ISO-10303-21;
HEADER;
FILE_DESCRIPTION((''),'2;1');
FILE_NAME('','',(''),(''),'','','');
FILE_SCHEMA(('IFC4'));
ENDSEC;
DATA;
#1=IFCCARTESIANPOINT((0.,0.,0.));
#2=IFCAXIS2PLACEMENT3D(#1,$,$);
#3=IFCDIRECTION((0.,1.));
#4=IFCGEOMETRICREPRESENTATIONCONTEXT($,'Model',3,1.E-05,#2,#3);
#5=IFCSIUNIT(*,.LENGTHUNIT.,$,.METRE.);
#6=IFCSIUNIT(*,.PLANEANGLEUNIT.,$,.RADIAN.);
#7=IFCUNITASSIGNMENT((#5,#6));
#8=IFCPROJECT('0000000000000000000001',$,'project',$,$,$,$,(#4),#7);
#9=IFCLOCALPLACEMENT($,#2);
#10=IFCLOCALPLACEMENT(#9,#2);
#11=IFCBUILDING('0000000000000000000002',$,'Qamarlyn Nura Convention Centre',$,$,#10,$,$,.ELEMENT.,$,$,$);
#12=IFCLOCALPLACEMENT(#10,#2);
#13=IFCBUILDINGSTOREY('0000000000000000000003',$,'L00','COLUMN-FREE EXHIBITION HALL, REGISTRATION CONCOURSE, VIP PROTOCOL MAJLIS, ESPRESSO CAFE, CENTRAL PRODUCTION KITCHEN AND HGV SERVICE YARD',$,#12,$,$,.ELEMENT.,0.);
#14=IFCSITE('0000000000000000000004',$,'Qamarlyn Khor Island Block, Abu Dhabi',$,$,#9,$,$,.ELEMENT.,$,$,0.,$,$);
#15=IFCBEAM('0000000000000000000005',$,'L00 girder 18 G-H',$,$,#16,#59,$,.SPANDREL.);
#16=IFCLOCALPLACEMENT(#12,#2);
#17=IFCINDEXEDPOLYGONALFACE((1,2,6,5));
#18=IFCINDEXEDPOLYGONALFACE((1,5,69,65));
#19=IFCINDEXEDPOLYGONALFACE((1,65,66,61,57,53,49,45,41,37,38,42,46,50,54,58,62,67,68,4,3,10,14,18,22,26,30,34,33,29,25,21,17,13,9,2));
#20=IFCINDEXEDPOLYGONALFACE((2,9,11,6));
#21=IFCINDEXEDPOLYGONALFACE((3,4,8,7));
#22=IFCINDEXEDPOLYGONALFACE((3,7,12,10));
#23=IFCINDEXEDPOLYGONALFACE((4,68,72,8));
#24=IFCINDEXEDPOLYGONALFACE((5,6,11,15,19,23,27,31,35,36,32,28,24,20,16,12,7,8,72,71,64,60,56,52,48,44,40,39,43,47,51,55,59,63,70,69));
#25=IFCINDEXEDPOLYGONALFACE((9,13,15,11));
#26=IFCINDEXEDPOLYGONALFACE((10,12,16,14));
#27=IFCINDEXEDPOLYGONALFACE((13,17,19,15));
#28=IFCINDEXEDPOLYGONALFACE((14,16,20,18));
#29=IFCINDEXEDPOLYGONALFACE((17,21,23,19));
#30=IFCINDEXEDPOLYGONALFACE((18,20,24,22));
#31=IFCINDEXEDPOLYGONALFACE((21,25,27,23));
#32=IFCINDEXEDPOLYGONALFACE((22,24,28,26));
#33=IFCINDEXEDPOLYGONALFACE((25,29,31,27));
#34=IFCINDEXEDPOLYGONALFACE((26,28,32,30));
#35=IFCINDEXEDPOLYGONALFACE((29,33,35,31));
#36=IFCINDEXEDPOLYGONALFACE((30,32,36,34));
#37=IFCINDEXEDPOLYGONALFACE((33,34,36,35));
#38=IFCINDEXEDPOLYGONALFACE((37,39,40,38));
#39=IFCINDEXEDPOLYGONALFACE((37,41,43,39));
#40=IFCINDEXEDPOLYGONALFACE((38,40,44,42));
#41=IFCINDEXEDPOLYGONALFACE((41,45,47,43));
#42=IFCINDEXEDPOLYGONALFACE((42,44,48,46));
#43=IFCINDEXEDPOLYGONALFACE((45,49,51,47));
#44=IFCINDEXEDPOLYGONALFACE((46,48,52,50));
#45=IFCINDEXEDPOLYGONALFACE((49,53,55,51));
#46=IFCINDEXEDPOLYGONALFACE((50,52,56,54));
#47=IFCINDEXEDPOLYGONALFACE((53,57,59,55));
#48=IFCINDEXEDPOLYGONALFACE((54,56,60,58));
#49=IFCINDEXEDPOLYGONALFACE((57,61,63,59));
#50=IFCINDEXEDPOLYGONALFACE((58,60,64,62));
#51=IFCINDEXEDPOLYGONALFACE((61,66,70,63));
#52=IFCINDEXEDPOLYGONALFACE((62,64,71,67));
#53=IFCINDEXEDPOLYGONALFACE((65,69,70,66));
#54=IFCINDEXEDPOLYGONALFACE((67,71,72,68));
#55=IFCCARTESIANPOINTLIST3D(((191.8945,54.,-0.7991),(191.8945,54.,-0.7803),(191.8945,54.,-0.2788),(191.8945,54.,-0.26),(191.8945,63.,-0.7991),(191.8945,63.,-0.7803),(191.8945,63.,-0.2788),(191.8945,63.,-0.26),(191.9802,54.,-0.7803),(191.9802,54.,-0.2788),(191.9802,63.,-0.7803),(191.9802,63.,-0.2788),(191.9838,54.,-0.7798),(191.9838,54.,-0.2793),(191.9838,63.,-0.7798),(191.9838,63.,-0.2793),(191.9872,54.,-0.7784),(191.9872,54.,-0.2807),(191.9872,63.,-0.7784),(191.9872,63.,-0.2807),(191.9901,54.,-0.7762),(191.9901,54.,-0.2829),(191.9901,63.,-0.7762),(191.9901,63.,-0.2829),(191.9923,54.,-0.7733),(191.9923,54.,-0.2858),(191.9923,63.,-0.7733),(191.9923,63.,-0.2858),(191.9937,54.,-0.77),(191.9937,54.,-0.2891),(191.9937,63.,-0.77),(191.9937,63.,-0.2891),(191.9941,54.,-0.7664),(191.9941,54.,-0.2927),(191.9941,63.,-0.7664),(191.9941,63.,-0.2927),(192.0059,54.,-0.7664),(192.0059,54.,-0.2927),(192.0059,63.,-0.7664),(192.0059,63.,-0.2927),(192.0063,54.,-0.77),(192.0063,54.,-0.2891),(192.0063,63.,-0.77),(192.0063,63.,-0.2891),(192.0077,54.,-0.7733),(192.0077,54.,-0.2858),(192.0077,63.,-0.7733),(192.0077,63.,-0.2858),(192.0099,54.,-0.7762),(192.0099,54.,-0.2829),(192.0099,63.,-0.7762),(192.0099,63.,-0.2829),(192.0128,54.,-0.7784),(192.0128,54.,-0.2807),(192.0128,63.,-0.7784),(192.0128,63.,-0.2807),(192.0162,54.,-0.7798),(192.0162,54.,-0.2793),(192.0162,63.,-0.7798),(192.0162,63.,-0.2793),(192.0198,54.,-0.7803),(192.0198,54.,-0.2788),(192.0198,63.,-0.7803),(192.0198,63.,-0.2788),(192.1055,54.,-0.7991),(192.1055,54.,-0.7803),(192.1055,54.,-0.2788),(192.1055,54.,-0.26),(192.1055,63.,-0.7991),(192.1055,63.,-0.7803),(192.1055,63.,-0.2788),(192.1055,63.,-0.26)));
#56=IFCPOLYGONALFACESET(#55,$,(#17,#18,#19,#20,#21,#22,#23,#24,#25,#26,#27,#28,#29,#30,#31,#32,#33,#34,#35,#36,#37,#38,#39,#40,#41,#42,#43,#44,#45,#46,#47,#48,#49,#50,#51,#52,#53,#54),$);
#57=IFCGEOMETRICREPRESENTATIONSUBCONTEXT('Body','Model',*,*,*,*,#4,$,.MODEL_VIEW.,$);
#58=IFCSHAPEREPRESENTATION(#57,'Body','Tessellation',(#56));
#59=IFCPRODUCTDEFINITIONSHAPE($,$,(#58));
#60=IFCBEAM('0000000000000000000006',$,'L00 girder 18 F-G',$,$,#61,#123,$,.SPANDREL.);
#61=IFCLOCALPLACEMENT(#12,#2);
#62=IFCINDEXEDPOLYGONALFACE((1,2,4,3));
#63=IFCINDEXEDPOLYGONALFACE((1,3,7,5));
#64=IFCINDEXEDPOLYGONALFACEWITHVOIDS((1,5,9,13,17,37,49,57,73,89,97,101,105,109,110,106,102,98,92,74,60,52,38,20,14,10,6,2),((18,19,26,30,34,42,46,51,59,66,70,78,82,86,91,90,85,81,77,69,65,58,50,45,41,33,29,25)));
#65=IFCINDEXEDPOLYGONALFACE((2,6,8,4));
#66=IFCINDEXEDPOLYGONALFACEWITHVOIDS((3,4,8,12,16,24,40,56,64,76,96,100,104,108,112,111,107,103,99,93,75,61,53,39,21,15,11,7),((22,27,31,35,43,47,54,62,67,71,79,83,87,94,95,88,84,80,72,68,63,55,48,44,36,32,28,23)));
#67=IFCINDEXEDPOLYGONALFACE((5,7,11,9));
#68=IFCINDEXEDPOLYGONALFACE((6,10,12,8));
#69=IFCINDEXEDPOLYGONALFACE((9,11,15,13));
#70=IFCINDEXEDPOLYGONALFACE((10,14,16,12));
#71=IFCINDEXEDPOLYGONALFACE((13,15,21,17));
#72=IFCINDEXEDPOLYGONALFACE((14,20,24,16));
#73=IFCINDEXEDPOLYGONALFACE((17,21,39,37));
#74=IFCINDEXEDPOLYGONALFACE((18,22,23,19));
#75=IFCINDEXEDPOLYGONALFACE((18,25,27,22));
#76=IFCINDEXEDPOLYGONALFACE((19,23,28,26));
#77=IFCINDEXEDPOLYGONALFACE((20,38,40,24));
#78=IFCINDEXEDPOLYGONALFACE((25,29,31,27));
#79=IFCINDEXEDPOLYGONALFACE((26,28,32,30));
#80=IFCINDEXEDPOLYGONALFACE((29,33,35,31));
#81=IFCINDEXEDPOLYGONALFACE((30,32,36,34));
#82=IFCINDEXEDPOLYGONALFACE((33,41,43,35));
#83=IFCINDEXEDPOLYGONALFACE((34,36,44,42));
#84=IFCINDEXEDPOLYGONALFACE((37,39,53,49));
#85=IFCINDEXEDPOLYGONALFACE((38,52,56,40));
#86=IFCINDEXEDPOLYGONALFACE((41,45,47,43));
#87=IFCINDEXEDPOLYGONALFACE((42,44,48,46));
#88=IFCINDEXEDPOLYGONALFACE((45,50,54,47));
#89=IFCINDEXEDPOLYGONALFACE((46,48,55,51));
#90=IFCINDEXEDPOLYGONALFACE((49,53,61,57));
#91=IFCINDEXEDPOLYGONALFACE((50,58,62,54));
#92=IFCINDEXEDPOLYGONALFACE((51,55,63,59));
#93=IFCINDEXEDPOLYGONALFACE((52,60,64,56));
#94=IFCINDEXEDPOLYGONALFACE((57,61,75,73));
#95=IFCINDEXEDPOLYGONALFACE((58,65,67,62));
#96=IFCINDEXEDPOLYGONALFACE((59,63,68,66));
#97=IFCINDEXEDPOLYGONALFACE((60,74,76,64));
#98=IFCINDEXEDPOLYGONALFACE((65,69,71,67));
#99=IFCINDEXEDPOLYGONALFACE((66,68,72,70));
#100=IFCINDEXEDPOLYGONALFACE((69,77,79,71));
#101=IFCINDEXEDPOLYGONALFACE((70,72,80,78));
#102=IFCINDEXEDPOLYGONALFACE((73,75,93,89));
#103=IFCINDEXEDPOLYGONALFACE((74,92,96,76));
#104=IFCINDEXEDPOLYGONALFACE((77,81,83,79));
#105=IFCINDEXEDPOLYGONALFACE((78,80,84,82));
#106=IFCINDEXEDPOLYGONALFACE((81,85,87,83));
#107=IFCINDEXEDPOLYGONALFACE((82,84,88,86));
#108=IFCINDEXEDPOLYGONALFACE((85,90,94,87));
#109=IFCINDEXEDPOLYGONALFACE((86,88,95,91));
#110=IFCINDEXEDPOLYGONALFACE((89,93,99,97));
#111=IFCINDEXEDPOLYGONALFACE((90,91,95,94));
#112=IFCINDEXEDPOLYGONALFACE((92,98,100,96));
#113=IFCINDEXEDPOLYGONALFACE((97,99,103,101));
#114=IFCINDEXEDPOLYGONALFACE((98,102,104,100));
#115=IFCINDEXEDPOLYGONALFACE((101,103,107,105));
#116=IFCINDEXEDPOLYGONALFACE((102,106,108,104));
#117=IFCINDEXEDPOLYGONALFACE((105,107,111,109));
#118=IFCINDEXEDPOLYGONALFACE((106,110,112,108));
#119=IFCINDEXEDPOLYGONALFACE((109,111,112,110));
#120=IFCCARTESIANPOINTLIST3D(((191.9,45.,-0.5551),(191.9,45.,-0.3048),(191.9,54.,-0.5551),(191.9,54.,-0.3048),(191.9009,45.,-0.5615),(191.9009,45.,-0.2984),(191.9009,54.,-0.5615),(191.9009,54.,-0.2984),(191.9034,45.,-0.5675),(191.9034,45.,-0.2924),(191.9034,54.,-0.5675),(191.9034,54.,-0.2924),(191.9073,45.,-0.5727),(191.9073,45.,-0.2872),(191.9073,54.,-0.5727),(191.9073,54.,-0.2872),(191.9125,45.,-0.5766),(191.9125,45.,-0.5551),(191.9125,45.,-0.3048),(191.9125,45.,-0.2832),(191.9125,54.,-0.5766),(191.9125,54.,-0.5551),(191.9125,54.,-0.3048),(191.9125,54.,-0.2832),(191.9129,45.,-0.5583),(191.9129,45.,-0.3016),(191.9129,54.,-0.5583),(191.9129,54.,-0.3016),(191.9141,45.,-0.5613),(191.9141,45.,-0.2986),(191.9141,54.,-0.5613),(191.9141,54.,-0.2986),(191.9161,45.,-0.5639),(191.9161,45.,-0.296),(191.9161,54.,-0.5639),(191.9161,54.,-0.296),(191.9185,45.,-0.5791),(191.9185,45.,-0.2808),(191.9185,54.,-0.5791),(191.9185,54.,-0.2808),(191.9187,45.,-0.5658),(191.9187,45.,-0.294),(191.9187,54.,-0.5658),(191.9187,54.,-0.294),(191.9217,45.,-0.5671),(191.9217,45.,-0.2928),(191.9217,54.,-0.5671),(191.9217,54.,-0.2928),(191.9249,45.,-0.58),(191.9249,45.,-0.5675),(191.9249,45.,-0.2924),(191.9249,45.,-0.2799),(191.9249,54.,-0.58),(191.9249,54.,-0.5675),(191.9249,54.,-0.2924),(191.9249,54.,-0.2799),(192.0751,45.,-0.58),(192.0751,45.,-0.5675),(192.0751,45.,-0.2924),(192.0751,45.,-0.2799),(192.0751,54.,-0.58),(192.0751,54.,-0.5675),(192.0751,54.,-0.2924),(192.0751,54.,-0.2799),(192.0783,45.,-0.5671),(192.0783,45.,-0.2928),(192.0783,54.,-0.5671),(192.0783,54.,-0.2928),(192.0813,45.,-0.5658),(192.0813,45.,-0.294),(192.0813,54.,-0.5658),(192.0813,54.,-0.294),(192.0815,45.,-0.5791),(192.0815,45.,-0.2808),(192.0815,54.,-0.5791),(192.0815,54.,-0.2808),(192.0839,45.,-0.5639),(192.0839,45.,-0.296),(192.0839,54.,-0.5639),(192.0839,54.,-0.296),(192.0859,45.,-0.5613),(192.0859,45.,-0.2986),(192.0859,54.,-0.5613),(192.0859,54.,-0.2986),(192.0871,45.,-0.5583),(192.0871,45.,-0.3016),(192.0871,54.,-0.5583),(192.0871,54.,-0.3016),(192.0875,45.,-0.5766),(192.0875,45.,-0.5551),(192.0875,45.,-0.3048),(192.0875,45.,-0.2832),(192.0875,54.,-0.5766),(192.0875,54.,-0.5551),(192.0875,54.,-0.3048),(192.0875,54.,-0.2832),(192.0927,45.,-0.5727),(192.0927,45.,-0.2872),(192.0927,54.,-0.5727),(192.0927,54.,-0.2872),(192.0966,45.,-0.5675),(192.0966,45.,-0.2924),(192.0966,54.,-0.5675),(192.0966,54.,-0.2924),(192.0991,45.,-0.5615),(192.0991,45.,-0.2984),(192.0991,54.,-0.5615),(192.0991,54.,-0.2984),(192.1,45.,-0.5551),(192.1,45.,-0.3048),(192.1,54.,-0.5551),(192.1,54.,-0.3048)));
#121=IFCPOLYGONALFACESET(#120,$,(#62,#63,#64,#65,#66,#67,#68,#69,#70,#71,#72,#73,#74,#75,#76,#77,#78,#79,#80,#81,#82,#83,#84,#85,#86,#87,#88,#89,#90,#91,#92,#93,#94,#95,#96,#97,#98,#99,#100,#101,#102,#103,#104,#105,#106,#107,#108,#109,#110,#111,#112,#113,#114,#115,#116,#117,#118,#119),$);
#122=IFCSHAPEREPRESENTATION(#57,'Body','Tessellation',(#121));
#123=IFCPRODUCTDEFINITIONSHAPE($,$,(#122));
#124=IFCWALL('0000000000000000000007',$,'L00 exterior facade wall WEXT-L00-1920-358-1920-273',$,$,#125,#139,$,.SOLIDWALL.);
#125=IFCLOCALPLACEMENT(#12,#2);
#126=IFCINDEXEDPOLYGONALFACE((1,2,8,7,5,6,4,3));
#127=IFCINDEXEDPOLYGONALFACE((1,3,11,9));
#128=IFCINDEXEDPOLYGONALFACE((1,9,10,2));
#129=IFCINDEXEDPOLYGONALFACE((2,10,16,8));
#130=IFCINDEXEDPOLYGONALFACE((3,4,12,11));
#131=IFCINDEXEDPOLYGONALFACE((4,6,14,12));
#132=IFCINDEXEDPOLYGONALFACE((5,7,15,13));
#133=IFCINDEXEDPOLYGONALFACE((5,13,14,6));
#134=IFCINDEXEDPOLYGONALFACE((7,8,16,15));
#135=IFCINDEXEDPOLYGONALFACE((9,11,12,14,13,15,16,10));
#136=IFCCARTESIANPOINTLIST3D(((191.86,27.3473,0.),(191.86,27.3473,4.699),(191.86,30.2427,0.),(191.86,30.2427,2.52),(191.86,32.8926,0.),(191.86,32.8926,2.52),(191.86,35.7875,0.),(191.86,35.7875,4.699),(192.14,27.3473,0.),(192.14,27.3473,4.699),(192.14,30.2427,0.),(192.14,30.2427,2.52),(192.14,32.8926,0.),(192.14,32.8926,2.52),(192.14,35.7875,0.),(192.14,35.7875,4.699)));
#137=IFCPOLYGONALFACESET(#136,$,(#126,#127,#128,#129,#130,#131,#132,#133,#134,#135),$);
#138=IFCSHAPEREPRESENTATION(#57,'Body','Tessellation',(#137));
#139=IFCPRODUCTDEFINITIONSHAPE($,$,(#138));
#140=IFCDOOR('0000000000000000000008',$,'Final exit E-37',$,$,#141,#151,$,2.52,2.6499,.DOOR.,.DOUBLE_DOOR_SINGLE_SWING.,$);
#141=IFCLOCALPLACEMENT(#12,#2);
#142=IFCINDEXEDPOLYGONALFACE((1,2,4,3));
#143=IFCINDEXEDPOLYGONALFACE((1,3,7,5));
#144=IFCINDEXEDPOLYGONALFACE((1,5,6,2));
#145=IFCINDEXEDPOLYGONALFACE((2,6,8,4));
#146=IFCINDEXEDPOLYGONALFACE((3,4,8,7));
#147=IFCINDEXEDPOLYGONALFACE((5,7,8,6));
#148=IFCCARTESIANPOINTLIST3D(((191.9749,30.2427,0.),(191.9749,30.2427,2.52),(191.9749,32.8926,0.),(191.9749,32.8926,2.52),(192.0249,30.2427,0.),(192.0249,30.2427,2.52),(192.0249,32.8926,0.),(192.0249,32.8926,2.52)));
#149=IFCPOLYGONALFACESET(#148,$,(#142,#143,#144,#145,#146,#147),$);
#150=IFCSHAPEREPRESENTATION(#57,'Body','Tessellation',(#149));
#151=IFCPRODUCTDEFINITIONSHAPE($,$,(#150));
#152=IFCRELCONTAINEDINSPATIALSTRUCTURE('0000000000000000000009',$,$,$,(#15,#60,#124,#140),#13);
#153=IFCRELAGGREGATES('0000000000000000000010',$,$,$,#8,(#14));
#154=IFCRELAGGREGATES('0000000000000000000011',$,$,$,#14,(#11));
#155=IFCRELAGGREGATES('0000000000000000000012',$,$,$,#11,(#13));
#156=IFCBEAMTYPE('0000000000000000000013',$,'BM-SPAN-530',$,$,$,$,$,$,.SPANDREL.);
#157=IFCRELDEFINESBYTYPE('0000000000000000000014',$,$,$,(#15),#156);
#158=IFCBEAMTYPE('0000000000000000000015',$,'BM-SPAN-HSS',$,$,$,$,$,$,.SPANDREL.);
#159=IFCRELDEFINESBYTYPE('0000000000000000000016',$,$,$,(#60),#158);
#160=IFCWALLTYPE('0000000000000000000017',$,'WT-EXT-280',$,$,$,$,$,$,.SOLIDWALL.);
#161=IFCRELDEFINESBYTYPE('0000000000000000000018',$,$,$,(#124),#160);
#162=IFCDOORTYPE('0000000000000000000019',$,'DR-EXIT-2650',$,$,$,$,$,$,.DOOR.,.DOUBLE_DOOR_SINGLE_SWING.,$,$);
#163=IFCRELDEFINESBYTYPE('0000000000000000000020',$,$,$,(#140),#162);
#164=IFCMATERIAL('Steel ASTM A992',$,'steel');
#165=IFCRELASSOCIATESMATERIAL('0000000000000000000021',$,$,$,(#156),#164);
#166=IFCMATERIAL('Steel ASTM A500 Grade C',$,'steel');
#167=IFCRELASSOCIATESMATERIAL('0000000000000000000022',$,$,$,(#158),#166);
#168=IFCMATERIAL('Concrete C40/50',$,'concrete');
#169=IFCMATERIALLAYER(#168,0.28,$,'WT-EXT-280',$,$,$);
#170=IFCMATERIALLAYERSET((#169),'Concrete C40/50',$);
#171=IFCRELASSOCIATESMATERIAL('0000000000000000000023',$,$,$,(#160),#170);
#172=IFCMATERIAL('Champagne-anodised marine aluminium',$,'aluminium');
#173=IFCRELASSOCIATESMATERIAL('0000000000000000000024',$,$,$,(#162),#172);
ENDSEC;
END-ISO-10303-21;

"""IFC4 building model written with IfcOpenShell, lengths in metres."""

from ifc_helpers import new_model, si_unit, direction, frame, frame_2d, origin, origin_2d, place, context, subcontext, project, spatial, rectangle, hollow_rectangle, i_section, extrude, material, layer, layer_set, material_profile, profile_set, type_object, element, fill, save


model = new_model("IFC4")

# Units and contexts
model_context = context("Model", 3, precision=1e-05, world=origin(), true_north=direction((0.0, 1.0)))
body_context = subcontext(model_context, "Body", "Model", "MODEL_VIEW")
ifc_project = project(units=[si_unit("LENGTHUNIT", "METRE"), si_unit("PLANEANGLEUNIT", "RADIAN")], contexts=[model_context])

# Site, building, storey
site_placement = place(None, origin())
site = spatial("IfcSite", under=ifc_project, at=site_placement, Name="Qamarlyn Khor Island Block, Abu Dhabi", CompositionType="ELEMENT", RefElevation=0.0)
building_placement = place(site_placement, origin())
building = spatial("IfcBuilding", under=site, at=building_placement, Name="Qamarlyn Nura Convention Centre", CompositionType="ELEMENT")
storey_placement = place(building_placement, origin())
storey = spatial("IfcBuildingStorey", under=building, at=storey_placement, Name="L00", Description="COLUMN-FREE EXHIBITION HALL, REGISTRATION CONCOURSE, VIP PROTOCOL MAJLIS, ESPRESSO CAFE, CENTRAL PRODUCTION KITCHEN AND HGV SERVICE YARD", CompositionType="ELEMENT", Elevation=0.0)

# Shared definitions
ifc_material_1 = material(Name="Steel ASTM A500 Grade C", Category="steel")
ifc_material_2 = material(Name="Steel ASTM A992", Category="steel")

# Beams
ifc_material_profile_1 = material_profile(ifc_material_2, i_section(OverallWidth=0.2109, OverallDepth=0.5391, WebThickness=0.0117, FlangeThickness=0.0188, FilletRadius=0.0139, at=origin_2d()), Name="W530X109")
ifc_profile_set_1 = profile_set([ifc_material_profile_1], Name="Steel ASTM A992")
beam_type_1 = type_object("IfcBeamType", Name="BM-SPAN-530", PredefinedType="SPANDREL", material=ifc_profile_set_1)
beam_1_placement = place(storey_placement, frame((192.0, 54.0, -0.5295), z_axis=(0.0, 1.0, 0.0), x_axis=(-1.0, 0.0, 0.0)))
element("IfcBeam", 1, at=beam_1_placement, inside=storey, type_object=beam_type_1, Name="L00 girder 18 G-H", PredefinedType="SPANDREL", context=body_context, shape_type="SweptSolid", body=[
    extrude(i_section(OverallWidth=0.2109, OverallDepth=0.5391, WebThickness=0.0117, FlangeThickness=0.0188, FilletRadius=0.0139, at=origin_2d()), origin(), (0.0, 0.0, 1.0), 9.0),
])
ifc_material_profile_2 = material_profile(ifc_material_1, hollow_rectangle(XDim=0.2, YDim=0.3, WallThickness=0.0125, InnerFilletRadius=0.0125, OuterFilletRadius=0.0249, at=origin_2d()), Name="HSS300X200X12.5")
ifc_profile_set_2 = profile_set([ifc_material_profile_2], Name="Steel ASTM A500 Grade C")
beam_type_2 = type_object("IfcBeamType", Name="BM-SPAN-HSS", PredefinedType="SPANDREL", material=ifc_profile_set_2)
beam_2_placement = place(storey_placement, frame((192.0, 45.0, -0.4299), z_axis=(0.0, 1.0, 0.0), x_axis=(-1.0, 0.0, 0.0)))
element("IfcBeam", 2, at=beam_2_placement, inside=storey, type_object=beam_type_2, Name="L00 girder 18 F-G", PredefinedType="SPANDREL", context=body_context, shape_type="SweptSolid", body=[
    extrude(hollow_rectangle(XDim=0.2, YDim=0.3, WallThickness=0.0125, InnerFilletRadius=0.0125, OuterFilletRadius=0.0249, at=origin_2d()), origin(), (0.0, 0.0, 1.0), 9.0),
])

# Wall, opening, door
ifc_material_3 = material(Name="Concrete C40/50", Category="concrete")
ifc_layer_1 = layer(ifc_material_3, 0.28, Name="WT-EXT-280")
ifc_layer_set_1 = layer_set([ifc_layer_1], Name="Concrete C40/50")
wall_type_1 = type_object("IfcWallType", Name="WT-EXT-280", PredefinedType="SOLIDWALL", material=ifc_layer_set_1)
wall_1_placement = place(storey_placement, frame((192.0, 35.7876, 0.0), z_axis=(0.0, 0.0, 1.0), x_axis=(0.0, -1.0, 0.0)))
wall_1 = element("IfcWall", 3, at=wall_1_placement, inside=storey, type_object=wall_type_1, Name="L00 exterior facade wall WEXT-L00-1920-358-1920-273", PredefinedType="SOLIDWALL", context=body_context, shape_type="SweptSolid", body=[
    extrude(rectangle(XDim=8.4402, YDim=0.28, at=frame_2d((4.2202, 0.0))), origin(), (0.0, 0.0, 1.0), 4.699),
])
opening_1_placement = place(wall_1_placement, frame((2.895, 0.0, 0.0)))
opening_1 = element("IfcOpeningElement", 4, at=opening_1_placement, cuts=wall_1, PredefinedType="OPENING", context=body_context, shape_type="SweptSolid", body=[
    extrude(rectangle(XDim=2.6499, YDim=2.52, at=frame_2d((1.325, 1.26))), frame((0.0, 0.1499, 0.0), z_axis=(0.0, -1.0, 0.0), x_axis=(1.0, 0.0, 0.0)), (0.0, 0.0, 1.0), 0.3),
])
ifc_material_4 = material(Name="Champagne-anodised marine aluminium", Category="aluminium")
door_type_1 = type_object("IfcDoorType", Name="DR-EXIT-2650", OperationType="DOUBLE_DOOR_SINGLE_SWING", PredefinedType="DOOR", material=ifc_material_4)
door_1_placement = place(opening_1_placement, origin())
door_1 = element("IfcDoor", 5, at=door_1_placement, inside=storey, type_object=door_type_1, Name="Final exit E-37", OperationType="DOUBLE_DOOR_SINGLE_SWING", OverallHeight=2.52, OverallWidth=2.6499, PredefinedType="DOOR", context=body_context, shape_type="SweptSolid", body=[
    extrude(rectangle(XDim=2.6499, YDim=2.52, at=frame_2d((1.325, 1.26))), frame((0.0, 0.0249, 0.0), z_axis=(0.0, -1.0, 0.0), x_axis=(1.0, 0.0, 0.0)), (0.0, 0.0, 1.0), 0.05),
])
fill(opening_1, door_1)

save(model, "model.ifc")
